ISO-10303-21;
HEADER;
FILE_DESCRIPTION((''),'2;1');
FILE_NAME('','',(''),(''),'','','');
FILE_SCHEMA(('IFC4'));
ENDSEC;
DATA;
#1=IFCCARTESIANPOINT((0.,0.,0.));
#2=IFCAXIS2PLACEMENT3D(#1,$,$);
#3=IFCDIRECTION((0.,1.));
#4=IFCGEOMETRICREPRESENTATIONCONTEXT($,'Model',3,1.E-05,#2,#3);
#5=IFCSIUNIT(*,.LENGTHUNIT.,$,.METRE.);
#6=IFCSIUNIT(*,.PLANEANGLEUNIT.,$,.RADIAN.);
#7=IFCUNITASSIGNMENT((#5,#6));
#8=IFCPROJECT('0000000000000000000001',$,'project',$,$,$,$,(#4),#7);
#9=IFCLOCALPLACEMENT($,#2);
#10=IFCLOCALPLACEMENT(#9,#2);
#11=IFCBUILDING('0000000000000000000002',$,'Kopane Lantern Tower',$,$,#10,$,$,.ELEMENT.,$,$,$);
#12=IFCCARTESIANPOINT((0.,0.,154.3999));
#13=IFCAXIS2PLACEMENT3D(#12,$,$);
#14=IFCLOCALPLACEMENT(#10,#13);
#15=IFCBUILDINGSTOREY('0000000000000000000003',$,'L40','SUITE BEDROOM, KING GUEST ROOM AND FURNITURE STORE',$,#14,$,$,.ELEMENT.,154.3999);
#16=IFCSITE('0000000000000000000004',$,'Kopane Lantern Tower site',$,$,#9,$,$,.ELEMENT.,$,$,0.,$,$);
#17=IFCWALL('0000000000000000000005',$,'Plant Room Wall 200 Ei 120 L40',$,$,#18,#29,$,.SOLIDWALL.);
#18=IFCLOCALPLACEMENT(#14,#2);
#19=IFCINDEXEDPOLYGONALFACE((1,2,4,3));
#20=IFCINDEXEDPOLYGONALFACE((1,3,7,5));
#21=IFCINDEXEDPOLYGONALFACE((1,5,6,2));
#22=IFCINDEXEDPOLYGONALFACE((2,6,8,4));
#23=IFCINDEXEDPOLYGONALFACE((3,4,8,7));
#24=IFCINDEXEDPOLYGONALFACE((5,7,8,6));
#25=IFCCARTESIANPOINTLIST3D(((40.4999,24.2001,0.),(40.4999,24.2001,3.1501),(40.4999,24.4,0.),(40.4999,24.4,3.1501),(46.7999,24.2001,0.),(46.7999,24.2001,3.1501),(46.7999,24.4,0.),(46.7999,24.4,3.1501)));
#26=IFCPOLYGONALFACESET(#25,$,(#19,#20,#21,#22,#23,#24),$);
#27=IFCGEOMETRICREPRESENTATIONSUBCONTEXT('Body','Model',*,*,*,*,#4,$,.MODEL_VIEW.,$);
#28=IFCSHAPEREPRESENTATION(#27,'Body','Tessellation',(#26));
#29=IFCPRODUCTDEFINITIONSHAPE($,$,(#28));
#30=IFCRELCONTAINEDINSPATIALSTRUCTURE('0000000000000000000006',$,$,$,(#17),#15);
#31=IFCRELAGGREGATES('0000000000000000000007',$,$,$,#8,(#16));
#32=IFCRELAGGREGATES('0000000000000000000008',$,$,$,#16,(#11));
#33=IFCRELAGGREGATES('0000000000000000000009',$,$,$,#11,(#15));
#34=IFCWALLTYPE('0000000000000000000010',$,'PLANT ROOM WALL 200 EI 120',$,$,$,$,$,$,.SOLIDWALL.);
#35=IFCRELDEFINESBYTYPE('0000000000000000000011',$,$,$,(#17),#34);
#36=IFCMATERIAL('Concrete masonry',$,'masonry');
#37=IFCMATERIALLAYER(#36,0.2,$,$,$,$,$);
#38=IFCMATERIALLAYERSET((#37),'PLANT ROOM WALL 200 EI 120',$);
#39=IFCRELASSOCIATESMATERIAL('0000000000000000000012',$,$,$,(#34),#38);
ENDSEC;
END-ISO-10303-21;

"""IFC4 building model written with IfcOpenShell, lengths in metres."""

from ifc_helpers import new_model, si_unit, direction, frame, frame_2d, origin, place, context, subcontext, project, spatial, rectangle, extrude, material, layer, layer_set, type_object, element, save


model = new_model("IFC4")

# Units and contexts
model_context = context("Model", 3, precision=1e-05, world=origin(), true_north=direction((0.0, 1.0)))
body_context = subcontext(model_context, "Body", "Model", "MODEL_VIEW")
ifc_project = project(units=[si_unit("LENGTHUNIT", "METRE"), si_unit("PLANEANGLEUNIT", "RADIAN")], contexts=[model_context])

# Site, building, storey
site_placement = place(None, origin())
site = spatial("IfcSite", under=ifc_project, at=site_placement, Name="Kopane Lantern Tower site", CompositionType="ELEMENT", RefElevation=0.0)
building_placement = place(site_placement, origin())
building = spatial("IfcBuilding", under=site, at=building_placement, Name="Kopane Lantern Tower", CompositionType="ELEMENT")
storey_placement = place(building_placement, frame((0.0, 0.0, 154.3999)))
storey = spatial("IfcBuildingStorey", under=building, at=storey_placement, Name="L40", Description="SUITE BEDROOM, KING GUEST ROOM AND FURNITURE STORE", CompositionType="ELEMENT", Elevation=154.3999)

# Wall
ifc_material_1 = material(Name="Concrete masonry", Category="masonry")
ifc_layer_1 = layer(ifc_material_1, 0.2)
ifc_layer_set_1 = layer_set([ifc_layer_1], Name="PLANT ROOM WALL 200 EI 120")
wall_type_1 = type_object("IfcWallType", Name="PLANT ROOM WALL 200 EI 120", PredefinedType="SOLIDWALL", material=ifc_layer_set_1)
wall_1_placement = place(storey_placement, frame((40.5, 24.3, 0.0), z_axis=(0.0, 0.0, 1.0), x_axis=(1.0, 0.0, 0.0)))
element("IfcWall", 1, at=wall_1_placement, inside=storey, type_object=wall_type_1, Name="Plant Room Wall 200 Ei 120 L40", PredefinedType="SOLIDWALL", context=body_context, shape_type="SweptSolid", body=[
    extrude(rectangle(XDim=6.3, YDim=0.2, at=frame_2d((3.1499, 0.0))), origin(), (0.0, 0.0, 1.0), 3.1501),
])

save(model, "model.ifc")
